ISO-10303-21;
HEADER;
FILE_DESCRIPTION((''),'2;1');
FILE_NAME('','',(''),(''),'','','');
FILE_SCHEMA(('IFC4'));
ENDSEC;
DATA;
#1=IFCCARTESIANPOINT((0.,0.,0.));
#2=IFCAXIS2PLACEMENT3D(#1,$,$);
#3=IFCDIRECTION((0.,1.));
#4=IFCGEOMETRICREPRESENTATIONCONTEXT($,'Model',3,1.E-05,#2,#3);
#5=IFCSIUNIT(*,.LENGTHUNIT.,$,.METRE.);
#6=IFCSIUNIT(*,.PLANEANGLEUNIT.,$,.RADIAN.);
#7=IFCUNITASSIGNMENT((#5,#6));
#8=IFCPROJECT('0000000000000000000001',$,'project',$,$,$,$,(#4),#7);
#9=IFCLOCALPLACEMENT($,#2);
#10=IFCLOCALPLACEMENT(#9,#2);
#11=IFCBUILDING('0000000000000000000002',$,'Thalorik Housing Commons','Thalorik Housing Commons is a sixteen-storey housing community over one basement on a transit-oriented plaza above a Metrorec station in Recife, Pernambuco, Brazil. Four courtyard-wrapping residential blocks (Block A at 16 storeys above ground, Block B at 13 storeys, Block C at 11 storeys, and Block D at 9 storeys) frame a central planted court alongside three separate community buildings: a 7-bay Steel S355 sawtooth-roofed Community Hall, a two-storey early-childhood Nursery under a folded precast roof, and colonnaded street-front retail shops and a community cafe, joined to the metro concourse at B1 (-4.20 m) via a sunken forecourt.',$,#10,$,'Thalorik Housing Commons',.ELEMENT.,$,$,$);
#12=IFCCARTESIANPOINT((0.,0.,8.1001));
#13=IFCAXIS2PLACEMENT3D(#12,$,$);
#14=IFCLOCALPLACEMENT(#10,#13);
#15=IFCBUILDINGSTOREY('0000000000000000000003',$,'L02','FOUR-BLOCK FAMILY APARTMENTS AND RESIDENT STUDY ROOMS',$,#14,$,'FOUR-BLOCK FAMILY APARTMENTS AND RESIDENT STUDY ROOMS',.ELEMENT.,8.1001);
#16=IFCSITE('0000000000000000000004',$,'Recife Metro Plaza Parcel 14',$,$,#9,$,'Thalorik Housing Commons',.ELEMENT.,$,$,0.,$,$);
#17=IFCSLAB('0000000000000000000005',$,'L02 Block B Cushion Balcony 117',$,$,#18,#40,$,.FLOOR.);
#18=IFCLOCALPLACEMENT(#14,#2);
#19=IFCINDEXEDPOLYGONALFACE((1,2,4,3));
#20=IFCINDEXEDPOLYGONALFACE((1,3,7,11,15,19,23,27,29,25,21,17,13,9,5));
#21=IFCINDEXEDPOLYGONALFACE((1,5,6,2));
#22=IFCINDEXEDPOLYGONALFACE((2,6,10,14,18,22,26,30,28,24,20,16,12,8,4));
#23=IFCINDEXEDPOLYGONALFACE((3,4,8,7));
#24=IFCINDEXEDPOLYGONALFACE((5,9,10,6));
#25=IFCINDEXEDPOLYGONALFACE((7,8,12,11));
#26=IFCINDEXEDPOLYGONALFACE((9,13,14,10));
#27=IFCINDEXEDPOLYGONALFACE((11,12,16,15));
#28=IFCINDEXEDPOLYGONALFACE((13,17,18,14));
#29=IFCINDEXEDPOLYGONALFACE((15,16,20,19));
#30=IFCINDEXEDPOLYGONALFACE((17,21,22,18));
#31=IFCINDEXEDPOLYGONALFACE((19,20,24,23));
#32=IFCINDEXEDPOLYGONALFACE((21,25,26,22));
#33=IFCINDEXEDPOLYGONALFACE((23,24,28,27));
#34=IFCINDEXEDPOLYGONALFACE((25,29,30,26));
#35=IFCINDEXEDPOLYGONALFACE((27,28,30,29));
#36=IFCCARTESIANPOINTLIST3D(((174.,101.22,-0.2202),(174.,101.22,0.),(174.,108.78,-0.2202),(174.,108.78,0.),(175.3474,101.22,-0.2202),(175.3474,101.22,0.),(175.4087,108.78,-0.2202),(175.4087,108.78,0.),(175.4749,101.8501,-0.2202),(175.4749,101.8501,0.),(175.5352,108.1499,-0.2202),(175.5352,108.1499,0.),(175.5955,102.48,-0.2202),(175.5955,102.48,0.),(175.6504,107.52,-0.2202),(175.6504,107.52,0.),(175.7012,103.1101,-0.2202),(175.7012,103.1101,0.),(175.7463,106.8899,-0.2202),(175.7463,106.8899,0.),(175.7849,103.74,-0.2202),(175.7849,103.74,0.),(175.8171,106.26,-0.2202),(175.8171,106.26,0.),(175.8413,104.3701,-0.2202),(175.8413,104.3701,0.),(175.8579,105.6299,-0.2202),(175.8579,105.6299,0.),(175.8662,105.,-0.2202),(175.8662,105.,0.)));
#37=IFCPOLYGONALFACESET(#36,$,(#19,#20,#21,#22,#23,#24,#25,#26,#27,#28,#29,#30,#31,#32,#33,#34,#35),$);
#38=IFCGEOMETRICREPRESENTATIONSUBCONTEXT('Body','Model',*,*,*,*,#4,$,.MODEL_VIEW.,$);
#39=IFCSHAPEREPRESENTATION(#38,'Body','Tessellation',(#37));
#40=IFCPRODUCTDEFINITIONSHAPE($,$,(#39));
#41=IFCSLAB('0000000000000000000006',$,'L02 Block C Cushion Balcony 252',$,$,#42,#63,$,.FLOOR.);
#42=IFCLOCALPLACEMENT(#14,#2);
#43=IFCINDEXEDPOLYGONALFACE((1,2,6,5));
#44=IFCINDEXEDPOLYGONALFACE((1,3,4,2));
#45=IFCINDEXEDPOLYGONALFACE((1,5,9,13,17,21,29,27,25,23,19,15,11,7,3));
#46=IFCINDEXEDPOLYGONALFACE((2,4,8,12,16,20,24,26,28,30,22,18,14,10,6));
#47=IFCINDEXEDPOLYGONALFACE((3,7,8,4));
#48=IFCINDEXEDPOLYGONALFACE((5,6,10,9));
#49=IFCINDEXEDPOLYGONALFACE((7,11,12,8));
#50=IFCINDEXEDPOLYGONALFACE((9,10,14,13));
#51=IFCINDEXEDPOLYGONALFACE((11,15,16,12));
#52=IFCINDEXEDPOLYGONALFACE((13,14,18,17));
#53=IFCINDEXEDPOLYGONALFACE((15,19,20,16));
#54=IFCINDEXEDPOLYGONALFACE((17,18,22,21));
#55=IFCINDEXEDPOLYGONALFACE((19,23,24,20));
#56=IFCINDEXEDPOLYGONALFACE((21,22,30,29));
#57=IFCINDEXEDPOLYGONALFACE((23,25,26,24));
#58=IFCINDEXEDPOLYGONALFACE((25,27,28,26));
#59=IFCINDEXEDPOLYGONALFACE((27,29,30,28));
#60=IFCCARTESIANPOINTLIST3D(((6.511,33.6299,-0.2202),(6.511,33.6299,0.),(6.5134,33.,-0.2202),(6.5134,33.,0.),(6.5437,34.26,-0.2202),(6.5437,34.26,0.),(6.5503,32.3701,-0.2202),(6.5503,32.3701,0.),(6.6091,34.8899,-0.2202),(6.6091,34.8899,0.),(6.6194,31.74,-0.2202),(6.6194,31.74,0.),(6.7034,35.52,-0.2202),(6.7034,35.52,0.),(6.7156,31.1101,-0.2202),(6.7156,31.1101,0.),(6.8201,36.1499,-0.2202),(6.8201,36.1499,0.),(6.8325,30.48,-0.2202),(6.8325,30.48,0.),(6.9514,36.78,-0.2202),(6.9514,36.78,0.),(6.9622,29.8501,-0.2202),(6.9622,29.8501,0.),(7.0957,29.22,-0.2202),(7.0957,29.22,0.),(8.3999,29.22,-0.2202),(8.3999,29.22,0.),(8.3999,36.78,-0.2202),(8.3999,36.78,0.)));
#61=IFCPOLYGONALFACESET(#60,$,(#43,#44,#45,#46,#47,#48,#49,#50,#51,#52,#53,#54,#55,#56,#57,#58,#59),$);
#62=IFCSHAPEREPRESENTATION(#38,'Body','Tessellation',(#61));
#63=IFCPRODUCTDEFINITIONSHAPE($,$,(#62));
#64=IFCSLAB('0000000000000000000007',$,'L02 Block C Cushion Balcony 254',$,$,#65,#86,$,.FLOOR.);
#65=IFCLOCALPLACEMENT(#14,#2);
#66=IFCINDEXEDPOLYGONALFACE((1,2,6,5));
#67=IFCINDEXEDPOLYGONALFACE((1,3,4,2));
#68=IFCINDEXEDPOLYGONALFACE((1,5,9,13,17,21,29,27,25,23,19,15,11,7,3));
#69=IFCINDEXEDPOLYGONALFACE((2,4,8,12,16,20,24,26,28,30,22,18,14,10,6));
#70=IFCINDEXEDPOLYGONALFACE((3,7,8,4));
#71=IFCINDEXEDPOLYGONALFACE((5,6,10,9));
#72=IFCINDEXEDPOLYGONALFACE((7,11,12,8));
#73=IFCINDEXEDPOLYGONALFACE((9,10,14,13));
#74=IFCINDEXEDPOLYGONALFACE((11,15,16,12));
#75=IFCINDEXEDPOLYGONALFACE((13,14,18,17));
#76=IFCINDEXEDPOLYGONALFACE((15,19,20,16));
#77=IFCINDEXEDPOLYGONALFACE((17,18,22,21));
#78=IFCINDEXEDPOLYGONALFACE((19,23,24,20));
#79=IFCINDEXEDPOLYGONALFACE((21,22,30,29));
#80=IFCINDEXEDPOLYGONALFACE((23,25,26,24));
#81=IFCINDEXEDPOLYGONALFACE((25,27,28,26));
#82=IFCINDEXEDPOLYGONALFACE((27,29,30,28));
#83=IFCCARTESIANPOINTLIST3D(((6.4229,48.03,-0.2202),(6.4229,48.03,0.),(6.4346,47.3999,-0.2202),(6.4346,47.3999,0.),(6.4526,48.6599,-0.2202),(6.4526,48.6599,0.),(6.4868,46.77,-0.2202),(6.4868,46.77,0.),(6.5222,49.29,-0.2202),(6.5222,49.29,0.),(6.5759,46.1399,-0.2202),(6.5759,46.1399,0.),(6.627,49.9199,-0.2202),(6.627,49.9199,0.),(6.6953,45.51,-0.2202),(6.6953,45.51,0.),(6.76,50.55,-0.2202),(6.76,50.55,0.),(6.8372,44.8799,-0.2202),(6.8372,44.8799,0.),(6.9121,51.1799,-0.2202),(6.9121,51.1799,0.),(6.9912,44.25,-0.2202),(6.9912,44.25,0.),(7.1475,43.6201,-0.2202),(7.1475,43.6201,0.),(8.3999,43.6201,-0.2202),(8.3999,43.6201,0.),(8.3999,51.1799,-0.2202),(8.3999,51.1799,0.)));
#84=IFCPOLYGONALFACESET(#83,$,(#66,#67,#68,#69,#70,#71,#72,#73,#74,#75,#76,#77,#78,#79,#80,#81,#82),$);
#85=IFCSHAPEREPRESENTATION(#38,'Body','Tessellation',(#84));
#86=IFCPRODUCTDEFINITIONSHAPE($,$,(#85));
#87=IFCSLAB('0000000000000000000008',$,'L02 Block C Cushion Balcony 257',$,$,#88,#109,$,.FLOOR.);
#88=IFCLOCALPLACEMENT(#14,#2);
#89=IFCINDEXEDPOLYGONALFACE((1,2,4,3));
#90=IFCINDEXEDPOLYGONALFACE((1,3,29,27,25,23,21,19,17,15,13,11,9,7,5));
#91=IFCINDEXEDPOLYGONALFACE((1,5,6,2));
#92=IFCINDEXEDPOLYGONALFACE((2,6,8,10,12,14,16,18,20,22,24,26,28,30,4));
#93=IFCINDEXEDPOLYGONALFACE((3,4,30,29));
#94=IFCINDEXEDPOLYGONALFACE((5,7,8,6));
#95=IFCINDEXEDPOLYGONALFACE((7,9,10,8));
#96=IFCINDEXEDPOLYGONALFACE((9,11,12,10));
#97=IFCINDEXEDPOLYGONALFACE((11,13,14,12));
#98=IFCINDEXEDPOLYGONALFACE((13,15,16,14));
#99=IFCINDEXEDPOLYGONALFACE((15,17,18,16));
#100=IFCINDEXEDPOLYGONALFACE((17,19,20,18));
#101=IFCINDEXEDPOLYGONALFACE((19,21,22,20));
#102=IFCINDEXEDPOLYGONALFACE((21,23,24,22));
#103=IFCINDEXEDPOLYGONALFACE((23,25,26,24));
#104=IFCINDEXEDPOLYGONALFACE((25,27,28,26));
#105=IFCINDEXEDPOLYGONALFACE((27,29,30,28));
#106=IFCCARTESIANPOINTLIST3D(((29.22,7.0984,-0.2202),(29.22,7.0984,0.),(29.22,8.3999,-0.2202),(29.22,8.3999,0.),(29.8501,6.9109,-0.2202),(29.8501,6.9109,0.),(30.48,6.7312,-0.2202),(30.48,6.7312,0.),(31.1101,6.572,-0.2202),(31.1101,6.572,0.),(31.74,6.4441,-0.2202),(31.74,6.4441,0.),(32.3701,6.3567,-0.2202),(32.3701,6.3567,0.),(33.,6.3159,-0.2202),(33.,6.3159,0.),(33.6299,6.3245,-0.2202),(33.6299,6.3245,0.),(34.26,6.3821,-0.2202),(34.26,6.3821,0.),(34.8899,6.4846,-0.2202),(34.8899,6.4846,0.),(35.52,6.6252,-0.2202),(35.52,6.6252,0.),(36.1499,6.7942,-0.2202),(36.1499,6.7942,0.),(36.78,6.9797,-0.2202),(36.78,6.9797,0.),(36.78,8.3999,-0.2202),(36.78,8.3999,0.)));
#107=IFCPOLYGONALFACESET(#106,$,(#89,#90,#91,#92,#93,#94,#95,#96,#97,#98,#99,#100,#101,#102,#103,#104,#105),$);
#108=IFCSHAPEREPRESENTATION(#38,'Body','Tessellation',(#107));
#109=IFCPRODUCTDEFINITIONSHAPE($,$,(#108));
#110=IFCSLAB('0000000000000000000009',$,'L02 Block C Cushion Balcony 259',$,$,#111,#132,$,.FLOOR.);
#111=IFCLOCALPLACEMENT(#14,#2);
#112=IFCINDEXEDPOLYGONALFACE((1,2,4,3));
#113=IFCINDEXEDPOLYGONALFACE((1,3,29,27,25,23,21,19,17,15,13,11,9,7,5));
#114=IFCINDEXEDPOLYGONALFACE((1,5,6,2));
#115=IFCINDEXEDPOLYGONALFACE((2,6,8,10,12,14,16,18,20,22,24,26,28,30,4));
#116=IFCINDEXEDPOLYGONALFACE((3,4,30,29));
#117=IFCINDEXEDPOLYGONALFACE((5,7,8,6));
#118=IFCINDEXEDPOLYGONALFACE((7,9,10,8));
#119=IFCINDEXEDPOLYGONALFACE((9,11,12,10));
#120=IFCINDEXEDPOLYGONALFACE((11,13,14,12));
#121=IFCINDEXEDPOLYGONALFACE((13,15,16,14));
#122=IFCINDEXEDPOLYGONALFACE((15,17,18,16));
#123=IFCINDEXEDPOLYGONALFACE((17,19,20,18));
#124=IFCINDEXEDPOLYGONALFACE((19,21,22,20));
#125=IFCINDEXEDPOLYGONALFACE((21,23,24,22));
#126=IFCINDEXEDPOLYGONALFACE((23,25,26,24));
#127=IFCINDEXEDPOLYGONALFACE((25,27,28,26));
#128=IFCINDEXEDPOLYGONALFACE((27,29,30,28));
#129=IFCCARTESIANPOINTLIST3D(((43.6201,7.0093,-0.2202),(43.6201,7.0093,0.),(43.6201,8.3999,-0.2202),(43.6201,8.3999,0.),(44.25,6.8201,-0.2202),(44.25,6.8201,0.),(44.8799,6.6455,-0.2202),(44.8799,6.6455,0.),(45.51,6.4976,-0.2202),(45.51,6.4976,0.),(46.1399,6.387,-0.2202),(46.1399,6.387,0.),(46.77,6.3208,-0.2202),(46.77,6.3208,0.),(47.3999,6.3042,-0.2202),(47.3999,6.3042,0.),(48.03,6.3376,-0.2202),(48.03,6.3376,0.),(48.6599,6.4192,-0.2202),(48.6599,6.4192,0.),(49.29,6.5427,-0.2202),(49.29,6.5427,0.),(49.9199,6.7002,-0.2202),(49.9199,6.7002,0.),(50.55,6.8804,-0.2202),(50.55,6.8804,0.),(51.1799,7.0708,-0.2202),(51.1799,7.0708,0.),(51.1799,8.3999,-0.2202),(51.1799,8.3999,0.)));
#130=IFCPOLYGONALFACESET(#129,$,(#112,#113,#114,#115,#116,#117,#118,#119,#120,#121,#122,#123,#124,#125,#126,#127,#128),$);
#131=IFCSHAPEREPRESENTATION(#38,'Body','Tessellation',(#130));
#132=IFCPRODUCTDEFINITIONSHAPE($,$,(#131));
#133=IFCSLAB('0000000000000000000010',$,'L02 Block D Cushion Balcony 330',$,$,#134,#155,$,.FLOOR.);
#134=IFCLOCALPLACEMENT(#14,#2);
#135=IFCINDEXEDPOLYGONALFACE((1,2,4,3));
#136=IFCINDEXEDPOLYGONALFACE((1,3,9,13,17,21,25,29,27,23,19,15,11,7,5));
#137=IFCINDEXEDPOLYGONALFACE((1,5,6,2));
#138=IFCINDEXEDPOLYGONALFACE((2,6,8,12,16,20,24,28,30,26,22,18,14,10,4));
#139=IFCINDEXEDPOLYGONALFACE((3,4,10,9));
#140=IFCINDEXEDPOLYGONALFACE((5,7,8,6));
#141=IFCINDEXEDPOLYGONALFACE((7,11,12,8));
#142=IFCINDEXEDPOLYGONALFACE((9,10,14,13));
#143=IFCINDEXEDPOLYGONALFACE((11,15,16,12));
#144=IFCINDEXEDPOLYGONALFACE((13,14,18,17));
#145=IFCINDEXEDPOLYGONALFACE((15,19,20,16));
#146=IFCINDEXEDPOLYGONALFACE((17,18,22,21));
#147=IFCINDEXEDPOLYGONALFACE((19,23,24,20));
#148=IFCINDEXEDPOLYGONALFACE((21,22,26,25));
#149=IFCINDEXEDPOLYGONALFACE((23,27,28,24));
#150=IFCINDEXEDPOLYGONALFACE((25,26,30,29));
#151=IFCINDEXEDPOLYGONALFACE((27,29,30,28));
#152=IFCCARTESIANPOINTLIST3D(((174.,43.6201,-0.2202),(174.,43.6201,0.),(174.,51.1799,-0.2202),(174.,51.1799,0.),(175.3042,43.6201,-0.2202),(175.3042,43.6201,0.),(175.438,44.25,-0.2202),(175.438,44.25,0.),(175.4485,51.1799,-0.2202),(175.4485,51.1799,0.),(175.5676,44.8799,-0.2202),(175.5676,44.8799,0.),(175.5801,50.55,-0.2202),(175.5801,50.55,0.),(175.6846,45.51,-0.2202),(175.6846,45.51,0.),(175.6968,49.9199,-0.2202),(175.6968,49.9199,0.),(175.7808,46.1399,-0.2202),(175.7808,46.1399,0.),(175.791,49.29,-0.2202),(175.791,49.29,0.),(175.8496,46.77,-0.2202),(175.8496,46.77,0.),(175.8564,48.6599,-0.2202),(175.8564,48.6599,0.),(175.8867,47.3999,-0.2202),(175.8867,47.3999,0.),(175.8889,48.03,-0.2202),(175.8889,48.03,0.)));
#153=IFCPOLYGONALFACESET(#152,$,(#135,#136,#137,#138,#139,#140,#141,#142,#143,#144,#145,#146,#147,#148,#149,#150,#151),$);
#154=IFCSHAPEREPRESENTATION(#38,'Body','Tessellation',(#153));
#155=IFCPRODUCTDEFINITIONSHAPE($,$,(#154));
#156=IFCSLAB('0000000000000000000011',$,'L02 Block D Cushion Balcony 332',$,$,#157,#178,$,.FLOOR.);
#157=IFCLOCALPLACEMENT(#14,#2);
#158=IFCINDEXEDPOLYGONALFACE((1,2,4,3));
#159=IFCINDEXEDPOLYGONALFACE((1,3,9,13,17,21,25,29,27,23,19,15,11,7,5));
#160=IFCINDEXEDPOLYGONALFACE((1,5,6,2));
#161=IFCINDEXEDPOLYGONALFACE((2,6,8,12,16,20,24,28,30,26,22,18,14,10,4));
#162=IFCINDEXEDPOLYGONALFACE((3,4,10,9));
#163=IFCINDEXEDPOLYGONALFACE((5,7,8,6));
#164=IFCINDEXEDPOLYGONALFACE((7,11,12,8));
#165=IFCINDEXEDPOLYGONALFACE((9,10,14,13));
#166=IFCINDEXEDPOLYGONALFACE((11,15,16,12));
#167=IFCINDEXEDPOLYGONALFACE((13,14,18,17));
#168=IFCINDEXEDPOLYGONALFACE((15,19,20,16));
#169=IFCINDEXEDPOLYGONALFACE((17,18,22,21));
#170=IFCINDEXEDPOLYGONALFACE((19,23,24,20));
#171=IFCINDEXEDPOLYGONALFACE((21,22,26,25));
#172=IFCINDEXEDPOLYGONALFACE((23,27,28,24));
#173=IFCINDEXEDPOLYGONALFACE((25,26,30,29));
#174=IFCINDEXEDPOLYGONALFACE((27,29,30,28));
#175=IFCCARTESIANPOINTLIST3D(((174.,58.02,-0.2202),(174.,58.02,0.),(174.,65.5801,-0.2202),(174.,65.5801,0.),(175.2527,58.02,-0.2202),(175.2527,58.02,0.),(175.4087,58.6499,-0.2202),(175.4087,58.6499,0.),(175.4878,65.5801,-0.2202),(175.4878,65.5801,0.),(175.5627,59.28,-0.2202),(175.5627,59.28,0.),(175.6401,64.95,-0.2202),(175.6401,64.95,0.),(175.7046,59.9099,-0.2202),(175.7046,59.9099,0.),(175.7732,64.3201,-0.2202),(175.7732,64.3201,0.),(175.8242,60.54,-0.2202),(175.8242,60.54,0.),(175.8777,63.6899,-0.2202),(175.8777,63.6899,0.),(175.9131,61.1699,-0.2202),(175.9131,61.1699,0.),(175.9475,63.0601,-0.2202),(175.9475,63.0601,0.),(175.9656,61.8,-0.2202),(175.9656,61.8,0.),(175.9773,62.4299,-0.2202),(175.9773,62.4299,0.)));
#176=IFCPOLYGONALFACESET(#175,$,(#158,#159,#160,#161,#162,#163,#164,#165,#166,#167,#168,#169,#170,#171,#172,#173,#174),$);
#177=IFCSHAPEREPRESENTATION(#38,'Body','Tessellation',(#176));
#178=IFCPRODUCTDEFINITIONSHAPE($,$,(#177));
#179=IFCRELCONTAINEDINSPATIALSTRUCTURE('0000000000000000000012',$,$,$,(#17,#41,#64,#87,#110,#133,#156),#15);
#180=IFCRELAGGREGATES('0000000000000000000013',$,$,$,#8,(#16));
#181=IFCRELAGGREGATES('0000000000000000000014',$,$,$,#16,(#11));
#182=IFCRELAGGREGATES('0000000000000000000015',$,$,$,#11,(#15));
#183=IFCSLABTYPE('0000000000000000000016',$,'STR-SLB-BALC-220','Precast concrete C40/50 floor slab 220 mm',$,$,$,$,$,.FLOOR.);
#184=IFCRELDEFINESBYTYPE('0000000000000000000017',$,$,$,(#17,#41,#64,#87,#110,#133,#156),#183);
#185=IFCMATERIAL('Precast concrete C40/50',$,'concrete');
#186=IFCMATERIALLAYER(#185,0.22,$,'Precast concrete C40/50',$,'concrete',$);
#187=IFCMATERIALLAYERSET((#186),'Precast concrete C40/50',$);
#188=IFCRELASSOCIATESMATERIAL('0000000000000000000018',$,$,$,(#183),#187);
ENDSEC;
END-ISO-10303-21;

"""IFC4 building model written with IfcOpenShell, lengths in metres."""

from ifc_helpers import new_model, si_unit, direction, frame, origin, place, context, subcontext, project, spatial, polyline, outline, extrude, material, layer, layer_set, type_object, element, save


model = new_model("IFC4")

# Units and contexts
model_context = context("Model", 3, precision=1e-05, world=origin(), true_north=direction((0.0, 1.0)))
body_context = subcontext(model_context, "Body", "Model", "MODEL_VIEW")
ifc_project = project(units=[si_unit("LENGTHUNIT", "METRE"), si_unit("PLANEANGLEUNIT", "RADIAN")], contexts=[model_context])

# Site, building, storey
site_placement = place(None, origin())
site = spatial("IfcSite", under=ifc_project, at=site_placement, Name="Recife Metro Plaza Parcel 14", LongName="Thalorik Housing Commons", CompositionType="ELEMENT", RefElevation=0.0)
building_placement = place(site_placement, origin())
building = spatial("IfcBuilding", under=site, at=building_placement, Name="Thalorik Housing Commons", Description="Thalorik Housing Commons is a sixteen-storey housing community over one basement on a transit-oriented plaza above a Metrorec station in Recife, Pernambuco, Brazil. Four courtyard-wrapping residential blocks (Block A at 16 storeys above ground, Block B at 13 storeys, Block C at 11 storeys, and Block D at 9 storeys) frame a central planted court alongside three separate community buildings: a 7-bay Steel S355 sawtooth-roofed Community Hall, a two-storey early-childhood Nursery under a folded precast roof, and colonnaded street-front retail shops and a community cafe, joined to the metro concourse at B1 (-4.20 m) via a sunken forecourt.", LongName="Thalorik Housing Commons", CompositionType="ELEMENT")
storey_placement = place(building_placement, frame((0.0, 0.0, 8.1001)))
storey = spatial("IfcBuildingStorey", under=building, at=storey_placement, Name="L02", Description="FOUR-BLOCK FAMILY APARTMENTS AND RESIDENT STUDY ROOMS", LongName="FOUR-BLOCK FAMILY APARTMENTS AND RESIDENT STUDY ROOMS", CompositionType="ELEMENT", Elevation=8.1001)

# Slabs
ifc_material_1 = material(Name="Precast concrete C40/50", Category="concrete")
ifc_layer_1 = layer(ifc_material_1, 0.22, Name="Precast concrete C40/50", Category="concrete")
ifc_layer_set_1 = layer_set([ifc_layer_1], Name="Precast concrete C40/50")
slab_type_1 = type_object("IfcSlabType", Name="STR-SLB-BALC-220", Description="Precast concrete C40/50 floor slab 220 mm", PredefinedType="FLOOR", material=ifc_layer_set_1)
slab_1_placement = place(storey_placement, frame((0.0, 0.0, -0.2202)))
element("IfcSlab", 1, at=slab_1_placement, inside=storey, type_object=slab_type_1, Name="L02 Block B Cushion Balcony 117", PredefinedType="FLOOR", context=body_context, shape_type="SweptSolid", body=[
    extrude(outline(polyline([(175.3474, 101.22), (175.4749, 101.8501), (175.5955, 102.48), (175.7012, 103.1101), (175.7849, 103.74), (175.8413, 104.3701), (175.8662, 105.0), (175.8579, 105.6299), (175.8171, 106.26), (175.7463, 106.8899), (175.6504, 107.52), (175.5352, 108.1499), (175.4087, 108.78), (174.0, 108.78), (174.0, 101.22), (175.3474, 101.22)])), origin(), (0.0, 0.0, 1.0), 0.2202),
])
slab_2_placement = place(storey_placement, frame((0.0, 0.0, -0.2202)))
element("IfcSlab", 2, at=slab_2_placement, inside=storey, type_object=slab_type_1, Name="L02 Block C Cushion Balcony 252", PredefinedType="FLOOR", context=body_context, shape_type="SweptSolid", body=[
    extrude(outline(polyline([(8.3999, 29.22), (8.3999, 36.78), (6.9514, 36.78), (6.8201, 36.1499), (6.7034, 35.52), (6.6091, 34.8899), (6.5437, 34.26), (6.511, 33.6299), (6.5134, 33.0), (6.5503, 32.3701), (6.6194, 31.74), (6.7156, 31.1101), (6.8325, 30.48), (6.9622, 29.8501), (7.0957, 29.22), (8.3999, 29.22)])), origin(), (0.0, 0.0, 1.0), 0.2202),
])
slab_3_placement = place(storey_placement, frame((0.0, 0.0, -0.2202)))
element("IfcSlab", 3, at=slab_3_placement, inside=storey, type_object=slab_type_1, Name="L02 Block C Cushion Balcony 254", PredefinedType="FLOOR", context=body_context, shape_type="SweptSolid", body=[
    extrude(outline(polyline([(8.3999, 43.6201), (8.3999, 51.1799), (6.9121, 51.1799), (6.76, 50.55), (6.627, 49.9199), (6.5222, 49.29), (6.4526, 48.6599), (6.4229, 48.03), (6.4346, 47.3999), (6.4868, 46.77), (6.5759, 46.1399), (6.6953, 45.51), (6.8372, 44.8799), (6.9912, 44.25), (7.1475, 43.6201), (8.3999, 43.6201)])), origin(), (0.0, 0.0, 1.0), 0.2202),
])
slab_4_placement = place(storey_placement, frame((0.0, 0.0, -0.2202)))
element("IfcSlab", 4, at=slab_4_placement, inside=storey, type_object=slab_type_1, Name="L02 Block C Cushion Balcony 257", PredefinedType="FLOOR", context=body_context, shape_type="SweptSolid", body=[
    extrude(outline(polyline([(29.22, 7.0984), (29.8501, 6.9109), (30.48, 6.7312), (31.1101, 6.572), (31.74, 6.4441), (32.3701, 6.3567), (33.0, 6.3159), (33.6299, 6.3245), (34.26, 6.3821), (34.8899, 6.4846), (35.52, 6.6252), (36.1499, 6.7942), (36.78, 6.9797), (36.78, 8.3999), (29.22, 8.3999), (29.22, 7.0984)])), origin(), (0.0, 0.0, 1.0), 0.2202),
])
slab_5_placement = place(storey_placement, frame((0.0, 0.0, -0.2202)))
element("IfcSlab", 5, at=slab_5_placement, inside=storey, type_object=slab_type_1, Name="L02 Block C Cushion Balcony 259", PredefinedType="FLOOR", context=body_context, shape_type="SweptSolid", body=[
    extrude(outline(polyline([(43.6201, 7.0093), (44.25, 6.8201), (44.8799, 6.6455), (45.51, 6.4976), (46.1399, 6.387), (46.77, 6.3208), (47.3999, 6.3042), (48.03, 6.3376), (48.6599, 6.4192), (49.29, 6.5427), (49.9199, 6.7002), (50.55, 6.8804), (51.1799, 7.0708), (51.1799, 8.3999), (43.6201, 8.3999), (43.6201, 7.0093)])), origin(), (0.0, 0.0, 1.0), 0.2202),
])
slab_6_placement = place(storey_placement, frame((0.0, 0.0, -0.2202)))
element("IfcSlab", 6, at=slab_6_placement, inside=storey, type_object=slab_type_1, Name="L02 Block D Cushion Balcony 330", PredefinedType="FLOOR", context=body_context, shape_type="SweptSolid", body=[
    extrude(outline(polyline([(175.3042, 43.6201), (175.438, 44.25), (175.5676, 44.8799), (175.6846, 45.51), (175.7808, 46.1399), (175.8496, 46.77), (175.8867, 47.3999), (175.8889, 48.03), (175.8564, 48.6599), (175.791, 49.29), (175.6968, 49.9199), (175.5801, 50.55), (175.4485, 51.1799), (174.0, 51.1799), (174.0, 43.6201), (175.3042, 43.6201)])), origin(), (0.0, 0.0, 1.0), 0.2202),
])
slab_7_placement = place(storey_placement, frame((0.0, 0.0, -0.2202)))
element("IfcSlab", 7, at=slab_7_placement, inside=storey, type_object=slab_type_1, Name="L02 Block D Cushion Balcony 332", PredefinedType="FLOOR", context=body_context, shape_type="SweptSolid", body=[
    extrude(outline(polyline([(175.2527, 58.02), (175.4087, 58.6499), (175.5627, 59.28), (175.7046, 59.9099), (175.8242, 60.54), (175.9131, 61.1699), (175.9656, 61.8), (175.9773, 62.4299), (175.9475, 63.0601), (175.8777, 63.6899), (175.7732, 64.3201), (175.6401, 64.95), (175.4878, 65.5801), (174.0, 65.5801), (174.0, 58.02), (175.2527, 58.02)])), origin(), (0.0, 0.0, 1.0), 0.2202),
])

save(model, "model.ifc")
